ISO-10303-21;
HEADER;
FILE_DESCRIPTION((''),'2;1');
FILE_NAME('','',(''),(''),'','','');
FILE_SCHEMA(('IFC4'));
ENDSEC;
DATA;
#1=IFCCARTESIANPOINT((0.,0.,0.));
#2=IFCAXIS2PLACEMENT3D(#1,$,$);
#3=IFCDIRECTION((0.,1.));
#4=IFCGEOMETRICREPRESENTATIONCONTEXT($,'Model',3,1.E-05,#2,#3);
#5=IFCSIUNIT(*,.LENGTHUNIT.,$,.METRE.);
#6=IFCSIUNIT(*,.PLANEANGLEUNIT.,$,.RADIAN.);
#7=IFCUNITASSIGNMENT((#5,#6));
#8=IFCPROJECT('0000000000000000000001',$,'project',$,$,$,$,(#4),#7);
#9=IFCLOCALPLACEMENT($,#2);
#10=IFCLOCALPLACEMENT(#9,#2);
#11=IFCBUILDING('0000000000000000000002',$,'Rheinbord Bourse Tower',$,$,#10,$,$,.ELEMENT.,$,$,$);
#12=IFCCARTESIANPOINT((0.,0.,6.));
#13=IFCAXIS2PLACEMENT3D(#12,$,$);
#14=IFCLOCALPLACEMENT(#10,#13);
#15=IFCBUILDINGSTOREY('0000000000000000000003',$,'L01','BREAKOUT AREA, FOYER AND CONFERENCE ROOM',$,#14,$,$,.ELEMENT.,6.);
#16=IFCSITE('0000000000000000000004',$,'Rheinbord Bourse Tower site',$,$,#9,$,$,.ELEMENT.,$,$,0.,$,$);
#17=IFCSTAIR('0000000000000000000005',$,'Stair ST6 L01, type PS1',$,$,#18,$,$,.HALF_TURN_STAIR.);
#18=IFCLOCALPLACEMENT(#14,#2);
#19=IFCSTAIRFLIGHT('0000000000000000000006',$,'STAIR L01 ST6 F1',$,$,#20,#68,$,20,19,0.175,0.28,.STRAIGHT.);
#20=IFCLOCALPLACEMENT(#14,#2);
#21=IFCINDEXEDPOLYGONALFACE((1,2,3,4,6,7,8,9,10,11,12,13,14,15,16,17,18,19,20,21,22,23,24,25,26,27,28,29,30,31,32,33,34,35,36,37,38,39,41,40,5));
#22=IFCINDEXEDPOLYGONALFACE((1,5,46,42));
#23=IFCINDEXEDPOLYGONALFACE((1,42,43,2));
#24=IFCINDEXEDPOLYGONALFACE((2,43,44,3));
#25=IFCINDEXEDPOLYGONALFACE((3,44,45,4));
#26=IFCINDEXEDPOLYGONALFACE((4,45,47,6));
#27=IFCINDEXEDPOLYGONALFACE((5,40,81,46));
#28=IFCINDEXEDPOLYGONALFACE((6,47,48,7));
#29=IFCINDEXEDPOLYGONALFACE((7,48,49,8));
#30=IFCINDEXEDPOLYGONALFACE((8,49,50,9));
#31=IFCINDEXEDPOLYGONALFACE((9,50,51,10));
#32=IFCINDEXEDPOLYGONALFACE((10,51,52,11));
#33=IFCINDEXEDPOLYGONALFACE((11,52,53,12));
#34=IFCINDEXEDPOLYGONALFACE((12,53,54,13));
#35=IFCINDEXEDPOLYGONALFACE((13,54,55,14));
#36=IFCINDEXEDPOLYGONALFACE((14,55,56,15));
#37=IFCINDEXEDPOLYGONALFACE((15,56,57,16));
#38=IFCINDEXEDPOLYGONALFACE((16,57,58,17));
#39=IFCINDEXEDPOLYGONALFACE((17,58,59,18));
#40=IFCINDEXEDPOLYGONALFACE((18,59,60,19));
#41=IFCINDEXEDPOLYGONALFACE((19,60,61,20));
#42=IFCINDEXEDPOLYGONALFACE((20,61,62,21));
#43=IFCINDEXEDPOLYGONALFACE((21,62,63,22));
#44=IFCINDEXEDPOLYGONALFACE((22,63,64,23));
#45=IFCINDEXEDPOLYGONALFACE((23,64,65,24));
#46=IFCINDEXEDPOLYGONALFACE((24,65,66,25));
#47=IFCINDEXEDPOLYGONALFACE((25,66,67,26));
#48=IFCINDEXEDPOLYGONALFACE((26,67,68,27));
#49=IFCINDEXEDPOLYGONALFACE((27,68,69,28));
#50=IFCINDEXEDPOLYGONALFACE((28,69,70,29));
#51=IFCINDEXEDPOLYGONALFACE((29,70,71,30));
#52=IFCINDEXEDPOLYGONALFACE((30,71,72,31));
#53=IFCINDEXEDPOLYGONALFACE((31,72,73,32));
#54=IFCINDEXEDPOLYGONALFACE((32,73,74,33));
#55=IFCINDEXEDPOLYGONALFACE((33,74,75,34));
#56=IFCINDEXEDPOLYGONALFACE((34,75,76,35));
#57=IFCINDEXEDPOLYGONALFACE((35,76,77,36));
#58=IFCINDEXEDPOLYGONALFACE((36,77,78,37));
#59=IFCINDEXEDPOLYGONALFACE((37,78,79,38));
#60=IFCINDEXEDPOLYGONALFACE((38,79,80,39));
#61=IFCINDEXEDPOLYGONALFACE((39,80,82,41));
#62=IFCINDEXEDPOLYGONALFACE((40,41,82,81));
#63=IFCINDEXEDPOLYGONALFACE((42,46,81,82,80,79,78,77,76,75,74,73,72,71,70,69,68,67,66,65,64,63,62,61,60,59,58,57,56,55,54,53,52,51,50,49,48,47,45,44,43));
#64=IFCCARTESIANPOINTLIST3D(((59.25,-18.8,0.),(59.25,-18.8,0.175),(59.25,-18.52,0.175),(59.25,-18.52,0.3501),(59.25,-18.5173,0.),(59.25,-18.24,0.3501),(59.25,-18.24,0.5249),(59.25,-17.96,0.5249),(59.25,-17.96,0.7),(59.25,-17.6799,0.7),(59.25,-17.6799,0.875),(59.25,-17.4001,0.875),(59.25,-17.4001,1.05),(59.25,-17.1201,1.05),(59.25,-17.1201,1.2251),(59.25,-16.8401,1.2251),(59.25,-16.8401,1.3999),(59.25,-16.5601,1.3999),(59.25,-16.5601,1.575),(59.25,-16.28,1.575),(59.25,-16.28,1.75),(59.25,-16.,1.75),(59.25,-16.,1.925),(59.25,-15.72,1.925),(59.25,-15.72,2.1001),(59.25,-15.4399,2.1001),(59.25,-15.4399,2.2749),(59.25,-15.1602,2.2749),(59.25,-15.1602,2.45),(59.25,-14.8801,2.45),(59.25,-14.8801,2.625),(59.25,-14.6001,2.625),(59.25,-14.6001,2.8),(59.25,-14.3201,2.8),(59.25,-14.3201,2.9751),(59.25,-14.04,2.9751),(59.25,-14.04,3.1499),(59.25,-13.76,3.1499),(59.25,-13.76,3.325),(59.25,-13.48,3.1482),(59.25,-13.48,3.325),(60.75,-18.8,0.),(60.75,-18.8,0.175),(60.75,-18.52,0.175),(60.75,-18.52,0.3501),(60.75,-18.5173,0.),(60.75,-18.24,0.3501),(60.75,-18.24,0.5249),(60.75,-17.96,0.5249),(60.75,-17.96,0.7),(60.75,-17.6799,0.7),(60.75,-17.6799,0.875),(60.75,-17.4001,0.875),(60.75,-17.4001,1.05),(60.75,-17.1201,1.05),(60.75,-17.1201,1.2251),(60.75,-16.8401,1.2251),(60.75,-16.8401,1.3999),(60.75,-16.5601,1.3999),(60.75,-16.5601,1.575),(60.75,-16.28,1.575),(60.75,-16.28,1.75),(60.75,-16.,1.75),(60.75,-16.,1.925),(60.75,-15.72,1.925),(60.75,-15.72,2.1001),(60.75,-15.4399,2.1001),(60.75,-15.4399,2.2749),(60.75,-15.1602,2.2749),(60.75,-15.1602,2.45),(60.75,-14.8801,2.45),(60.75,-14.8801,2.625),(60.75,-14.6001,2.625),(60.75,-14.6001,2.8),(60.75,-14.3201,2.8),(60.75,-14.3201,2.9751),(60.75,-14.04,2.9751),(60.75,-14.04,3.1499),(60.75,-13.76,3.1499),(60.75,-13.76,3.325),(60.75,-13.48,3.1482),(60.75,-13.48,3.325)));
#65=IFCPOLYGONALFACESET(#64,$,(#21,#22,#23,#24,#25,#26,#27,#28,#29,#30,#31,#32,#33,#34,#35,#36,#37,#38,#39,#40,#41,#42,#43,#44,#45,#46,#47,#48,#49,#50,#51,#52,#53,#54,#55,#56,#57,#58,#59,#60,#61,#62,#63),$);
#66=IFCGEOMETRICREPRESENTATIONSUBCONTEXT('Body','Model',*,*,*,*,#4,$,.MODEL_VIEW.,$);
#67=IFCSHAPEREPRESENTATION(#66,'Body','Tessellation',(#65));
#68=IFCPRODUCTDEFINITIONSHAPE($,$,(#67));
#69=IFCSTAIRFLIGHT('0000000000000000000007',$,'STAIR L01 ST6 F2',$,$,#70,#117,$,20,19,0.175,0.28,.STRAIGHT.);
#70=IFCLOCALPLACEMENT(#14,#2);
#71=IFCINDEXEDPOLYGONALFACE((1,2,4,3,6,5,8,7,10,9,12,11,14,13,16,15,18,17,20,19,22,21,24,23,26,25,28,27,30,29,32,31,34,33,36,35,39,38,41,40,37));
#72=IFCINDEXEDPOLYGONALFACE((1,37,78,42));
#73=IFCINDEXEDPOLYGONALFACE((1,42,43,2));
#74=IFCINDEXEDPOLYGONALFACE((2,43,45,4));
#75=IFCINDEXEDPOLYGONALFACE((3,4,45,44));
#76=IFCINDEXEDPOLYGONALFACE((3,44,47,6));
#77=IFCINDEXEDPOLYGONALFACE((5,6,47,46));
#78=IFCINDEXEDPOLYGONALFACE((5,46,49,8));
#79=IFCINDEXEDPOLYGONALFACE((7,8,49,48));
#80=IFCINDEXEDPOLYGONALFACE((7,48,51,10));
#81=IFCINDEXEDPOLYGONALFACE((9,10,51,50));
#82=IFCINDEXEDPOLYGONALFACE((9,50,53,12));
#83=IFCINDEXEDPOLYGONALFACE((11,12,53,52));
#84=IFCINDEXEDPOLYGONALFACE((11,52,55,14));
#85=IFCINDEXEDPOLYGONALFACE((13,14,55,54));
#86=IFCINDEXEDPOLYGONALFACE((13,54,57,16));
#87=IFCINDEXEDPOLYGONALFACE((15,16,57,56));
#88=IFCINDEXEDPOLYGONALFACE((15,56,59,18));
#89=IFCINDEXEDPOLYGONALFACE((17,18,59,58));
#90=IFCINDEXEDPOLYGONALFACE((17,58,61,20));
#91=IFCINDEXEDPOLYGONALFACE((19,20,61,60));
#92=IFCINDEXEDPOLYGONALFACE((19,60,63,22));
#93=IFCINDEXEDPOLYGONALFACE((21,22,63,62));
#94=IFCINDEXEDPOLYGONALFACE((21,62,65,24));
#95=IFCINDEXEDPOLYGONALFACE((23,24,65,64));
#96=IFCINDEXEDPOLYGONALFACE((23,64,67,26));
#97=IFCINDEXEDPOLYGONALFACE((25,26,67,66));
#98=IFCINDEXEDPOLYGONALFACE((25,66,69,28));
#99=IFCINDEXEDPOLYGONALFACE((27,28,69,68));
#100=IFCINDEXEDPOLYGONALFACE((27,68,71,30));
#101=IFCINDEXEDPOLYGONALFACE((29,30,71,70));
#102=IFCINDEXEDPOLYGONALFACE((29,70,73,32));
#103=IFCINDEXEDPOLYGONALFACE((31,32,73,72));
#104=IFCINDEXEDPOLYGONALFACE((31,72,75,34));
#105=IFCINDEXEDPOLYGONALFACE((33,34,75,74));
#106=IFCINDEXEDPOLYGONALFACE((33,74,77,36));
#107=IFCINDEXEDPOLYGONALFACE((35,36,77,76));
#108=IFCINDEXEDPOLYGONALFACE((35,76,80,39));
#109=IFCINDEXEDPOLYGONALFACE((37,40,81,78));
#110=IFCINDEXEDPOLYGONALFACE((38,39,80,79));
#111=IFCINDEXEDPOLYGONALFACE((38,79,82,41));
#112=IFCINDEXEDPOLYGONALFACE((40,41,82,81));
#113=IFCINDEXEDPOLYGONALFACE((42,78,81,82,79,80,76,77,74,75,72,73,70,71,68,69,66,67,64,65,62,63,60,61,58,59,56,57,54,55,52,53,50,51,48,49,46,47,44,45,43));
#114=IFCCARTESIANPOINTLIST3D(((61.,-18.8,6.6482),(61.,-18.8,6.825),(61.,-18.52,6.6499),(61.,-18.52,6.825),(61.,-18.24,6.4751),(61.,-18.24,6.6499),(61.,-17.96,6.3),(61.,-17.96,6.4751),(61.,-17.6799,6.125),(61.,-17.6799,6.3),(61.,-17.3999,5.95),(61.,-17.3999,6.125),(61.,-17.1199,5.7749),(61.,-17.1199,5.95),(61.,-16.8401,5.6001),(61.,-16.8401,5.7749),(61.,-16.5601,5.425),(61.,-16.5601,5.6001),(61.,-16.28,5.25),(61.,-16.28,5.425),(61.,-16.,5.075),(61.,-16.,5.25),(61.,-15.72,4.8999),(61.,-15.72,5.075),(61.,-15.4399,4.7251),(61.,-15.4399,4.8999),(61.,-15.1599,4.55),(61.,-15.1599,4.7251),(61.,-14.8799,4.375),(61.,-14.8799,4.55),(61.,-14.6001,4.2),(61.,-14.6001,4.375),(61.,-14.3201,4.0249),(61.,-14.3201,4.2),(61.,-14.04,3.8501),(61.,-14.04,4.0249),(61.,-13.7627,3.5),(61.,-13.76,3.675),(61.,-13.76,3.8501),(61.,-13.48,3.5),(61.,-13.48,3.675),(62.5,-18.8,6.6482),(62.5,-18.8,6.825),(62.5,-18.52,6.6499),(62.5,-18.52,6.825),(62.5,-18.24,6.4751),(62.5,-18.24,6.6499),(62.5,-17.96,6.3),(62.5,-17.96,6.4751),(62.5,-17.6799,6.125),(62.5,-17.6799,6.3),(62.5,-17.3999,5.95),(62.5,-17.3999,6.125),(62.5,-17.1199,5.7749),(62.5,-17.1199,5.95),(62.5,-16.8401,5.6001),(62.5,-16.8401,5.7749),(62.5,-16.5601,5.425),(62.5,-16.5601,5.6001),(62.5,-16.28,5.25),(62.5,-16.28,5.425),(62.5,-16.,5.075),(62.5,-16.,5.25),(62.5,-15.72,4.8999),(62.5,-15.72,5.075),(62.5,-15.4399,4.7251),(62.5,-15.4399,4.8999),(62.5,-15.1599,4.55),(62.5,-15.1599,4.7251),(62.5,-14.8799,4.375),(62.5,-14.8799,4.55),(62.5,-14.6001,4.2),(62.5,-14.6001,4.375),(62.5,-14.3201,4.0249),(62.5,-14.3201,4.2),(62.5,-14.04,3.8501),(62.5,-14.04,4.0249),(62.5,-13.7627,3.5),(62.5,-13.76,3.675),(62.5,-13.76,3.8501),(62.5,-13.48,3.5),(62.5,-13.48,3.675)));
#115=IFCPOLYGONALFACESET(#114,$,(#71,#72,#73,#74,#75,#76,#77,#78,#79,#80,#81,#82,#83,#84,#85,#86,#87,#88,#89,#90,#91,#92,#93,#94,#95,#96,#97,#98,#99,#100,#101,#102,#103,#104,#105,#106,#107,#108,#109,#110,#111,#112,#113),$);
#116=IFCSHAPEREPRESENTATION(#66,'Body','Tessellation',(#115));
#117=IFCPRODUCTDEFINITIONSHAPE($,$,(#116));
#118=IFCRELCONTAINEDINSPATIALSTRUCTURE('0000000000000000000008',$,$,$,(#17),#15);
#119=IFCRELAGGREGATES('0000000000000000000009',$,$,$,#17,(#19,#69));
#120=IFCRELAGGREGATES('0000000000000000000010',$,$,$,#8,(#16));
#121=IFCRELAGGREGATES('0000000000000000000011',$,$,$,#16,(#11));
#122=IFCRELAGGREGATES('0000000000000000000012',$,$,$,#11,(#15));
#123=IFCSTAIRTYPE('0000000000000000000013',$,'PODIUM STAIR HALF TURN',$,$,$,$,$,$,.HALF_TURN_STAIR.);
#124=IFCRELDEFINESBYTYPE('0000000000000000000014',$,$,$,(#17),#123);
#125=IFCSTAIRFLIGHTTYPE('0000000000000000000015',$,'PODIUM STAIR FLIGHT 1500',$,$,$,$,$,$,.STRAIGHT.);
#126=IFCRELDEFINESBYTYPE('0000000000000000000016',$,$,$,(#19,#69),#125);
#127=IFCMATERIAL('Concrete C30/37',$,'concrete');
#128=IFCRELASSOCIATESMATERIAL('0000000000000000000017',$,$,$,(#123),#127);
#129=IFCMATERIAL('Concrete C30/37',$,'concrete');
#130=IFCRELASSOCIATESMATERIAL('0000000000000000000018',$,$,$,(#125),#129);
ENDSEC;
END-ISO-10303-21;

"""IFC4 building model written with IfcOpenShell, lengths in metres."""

from ifc_helpers import new_model, si_unit, direction, frame, origin, place, context, subcontext, project, spatial, polyline, outline, extrude, material, type_object, element, aggregate, save


model = new_model("IFC4")

# Units and contexts
model_context = context("Model", 3, precision=1e-05, world=origin(), true_north=direction((0.0, 1.0)))
body_context = subcontext(model_context, "Body", "Model", "MODEL_VIEW")
ifc_project = project(units=[si_unit("LENGTHUNIT", "METRE"), si_unit("PLANEANGLEUNIT", "RADIAN")], contexts=[model_context])

# Site, building, storey
site_placement = place(None, origin())
site = spatial("IfcSite", under=ifc_project, at=site_placement, Name="Rheinbord Bourse Tower site", CompositionType="ELEMENT", RefElevation=0.0)
building_placement = place(site_placement, origin())
building = spatial("IfcBuilding", under=site, at=building_placement, Name="Rheinbord Bourse Tower", CompositionType="ELEMENT")
storey_placement = place(building_placement, frame((0.0, 0.0, 6.0)))
storey = spatial("IfcBuildingStorey", under=building, at=storey_placement, Name="L01", Description="BREAKOUT AREA, FOYER AND CONFERENCE ROOM", CompositionType="ELEMENT", Elevation=6.0)

# Stair, stair flights
ifc_material_1 = material(Name="Concrete C30/37", Category="concrete")
stair_type = type_object("IfcStairType", Name="PODIUM STAIR HALF TURN", PredefinedType="HALF_TURN_STAIR", material=ifc_material_1)
stair_placement = place(storey_placement, origin())
stair = element("IfcStair", 1, at=stair_placement, inside=storey, type_object=stair_type, Name="Stair ST6 L01, type PS1", PredefinedType="HALF_TURN_STAIR")
ifc_material_2 = material(Name="Concrete C30/37", Category="concrete")
stair_flight_type = type_object("IfcStairFlightType", Name="PODIUM STAIR FLIGHT 1500", PredefinedType="STRAIGHT", material=ifc_material_2)
stair_flight_1_placement = place(storey_placement, frame((60.0, -18.8, 0.0), z_axis=(0.0, 0.0, 1.0), x_axis=(0.0, 1.0, 0.0)))
stair_flight_1 = element("IfcStairFlight", 2, at=stair_flight_1_placement, type_object=stair_flight_type, Name="STAIR L01 ST6 F1", NumberOfRisers=20, NumberOfTreads=19, PredefinedType="STRAIGHT", RiserHeight=0.175, TreadLength=0.28, context=body_context, shape_type="SweptSolid", body=[
    extrude(outline(polyline([(0.0, 0.0), (0.0, 0.175), (0.28, 0.175), (0.28, 0.3501), (0.5601, 0.3501), (0.5601, 0.5249), (0.8401, 0.5249), (0.8401, 0.7), (1.1201, 0.7), (1.1201, 0.875), (1.3999, 0.875), (1.3999, 1.05), (1.6799, 1.05), (1.6799, 1.2251), (1.96, 1.2251), (1.96, 1.3999), (2.24, 1.3999), (2.24, 1.575), (2.52, 1.575), (2.52, 1.75), (2.8, 1.75), (2.8, 1.925), (3.0801, 1.925), (3.0801, 2.1001), (3.3601, 2.1001), (3.3601, 2.2749), (3.6399, 2.2749), (3.6399, 2.45), (3.9199, 2.45), (3.9199, 2.625), (4.2, 2.625), (4.2, 2.8), (4.48, 2.8), (4.48, 2.9751), (4.76, 2.9751), (4.76, 3.1499), (5.04, 3.1499), (5.04, 3.325), (5.3201, 3.325), (5.3201, 3.5), (5.3201, 3.1482), (0.2827, 0.0), (0.0, 0.0)])), frame((0.0, 0.75, 0.0), z_axis=(0.0, -1.0, 0.0), x_axis=(1.0, 0.0, 0.0)), (0.0, 0.0, 1.0), 1.5),
])
stair_flight_2_placement = place(storey_placement, frame((61.75, -13.48, 3.5), z_axis=(0.0, 0.0, 1.0), x_axis=(0.0, -1.0, 0.0)))
stair_flight_2 = element("IfcStairFlight", 3, at=stair_flight_2_placement, type_object=stair_flight_type, Name="STAIR L01 ST6 F2", NumberOfRisers=20, NumberOfTreads=19, PredefinedType="STRAIGHT", RiserHeight=0.175, TreadLength=0.28, context=body_context, shape_type="SweptSolid", body=[
    extrude(outline(polyline([(0.0, 0.0), (0.0, 0.175), (0.28, 0.175), (0.28, 0.3501), (0.5601, 0.3501), (0.5601, 0.5249), (0.8401, 0.5249), (0.8401, 0.7), (1.1201, 0.7), (1.1201, 0.875), (1.3999, 0.875), (1.3999, 1.05), (1.6799, 1.05), (1.6799, 1.2251), (1.96, 1.2251), (1.96, 1.3999), (2.24, 1.3999), (2.24, 1.575), (2.52, 1.575), (2.52, 1.75), (2.8, 1.75), (2.8, 1.925), (3.0801, 1.925), (3.0801, 2.1001), (3.3601, 2.1001), (3.3601, 2.2749), (3.6399, 2.2749), (3.6399, 2.45), (3.9199, 2.45), (3.9199, 2.625), (4.2, 2.625), (4.2, 2.8), (4.48, 2.8), (4.48, 2.9751), (4.76, 2.9751), (4.76, 3.1499), (5.04, 3.1499), (5.04, 3.325), (5.3201, 3.325), (5.3201, 3.5), (5.3201, 3.1482), (0.2827, 0.0), (0.0, 0.0)])), frame((0.0, 0.75, 0.0), z_axis=(0.0, -1.0, 0.0), x_axis=(1.0, 0.0, 0.0)), (0.0, 0.0, 1.0), 1.5),
])
aggregate(stair, [stair_flight_1, stair_flight_2])

save(model, "model.ifc")
